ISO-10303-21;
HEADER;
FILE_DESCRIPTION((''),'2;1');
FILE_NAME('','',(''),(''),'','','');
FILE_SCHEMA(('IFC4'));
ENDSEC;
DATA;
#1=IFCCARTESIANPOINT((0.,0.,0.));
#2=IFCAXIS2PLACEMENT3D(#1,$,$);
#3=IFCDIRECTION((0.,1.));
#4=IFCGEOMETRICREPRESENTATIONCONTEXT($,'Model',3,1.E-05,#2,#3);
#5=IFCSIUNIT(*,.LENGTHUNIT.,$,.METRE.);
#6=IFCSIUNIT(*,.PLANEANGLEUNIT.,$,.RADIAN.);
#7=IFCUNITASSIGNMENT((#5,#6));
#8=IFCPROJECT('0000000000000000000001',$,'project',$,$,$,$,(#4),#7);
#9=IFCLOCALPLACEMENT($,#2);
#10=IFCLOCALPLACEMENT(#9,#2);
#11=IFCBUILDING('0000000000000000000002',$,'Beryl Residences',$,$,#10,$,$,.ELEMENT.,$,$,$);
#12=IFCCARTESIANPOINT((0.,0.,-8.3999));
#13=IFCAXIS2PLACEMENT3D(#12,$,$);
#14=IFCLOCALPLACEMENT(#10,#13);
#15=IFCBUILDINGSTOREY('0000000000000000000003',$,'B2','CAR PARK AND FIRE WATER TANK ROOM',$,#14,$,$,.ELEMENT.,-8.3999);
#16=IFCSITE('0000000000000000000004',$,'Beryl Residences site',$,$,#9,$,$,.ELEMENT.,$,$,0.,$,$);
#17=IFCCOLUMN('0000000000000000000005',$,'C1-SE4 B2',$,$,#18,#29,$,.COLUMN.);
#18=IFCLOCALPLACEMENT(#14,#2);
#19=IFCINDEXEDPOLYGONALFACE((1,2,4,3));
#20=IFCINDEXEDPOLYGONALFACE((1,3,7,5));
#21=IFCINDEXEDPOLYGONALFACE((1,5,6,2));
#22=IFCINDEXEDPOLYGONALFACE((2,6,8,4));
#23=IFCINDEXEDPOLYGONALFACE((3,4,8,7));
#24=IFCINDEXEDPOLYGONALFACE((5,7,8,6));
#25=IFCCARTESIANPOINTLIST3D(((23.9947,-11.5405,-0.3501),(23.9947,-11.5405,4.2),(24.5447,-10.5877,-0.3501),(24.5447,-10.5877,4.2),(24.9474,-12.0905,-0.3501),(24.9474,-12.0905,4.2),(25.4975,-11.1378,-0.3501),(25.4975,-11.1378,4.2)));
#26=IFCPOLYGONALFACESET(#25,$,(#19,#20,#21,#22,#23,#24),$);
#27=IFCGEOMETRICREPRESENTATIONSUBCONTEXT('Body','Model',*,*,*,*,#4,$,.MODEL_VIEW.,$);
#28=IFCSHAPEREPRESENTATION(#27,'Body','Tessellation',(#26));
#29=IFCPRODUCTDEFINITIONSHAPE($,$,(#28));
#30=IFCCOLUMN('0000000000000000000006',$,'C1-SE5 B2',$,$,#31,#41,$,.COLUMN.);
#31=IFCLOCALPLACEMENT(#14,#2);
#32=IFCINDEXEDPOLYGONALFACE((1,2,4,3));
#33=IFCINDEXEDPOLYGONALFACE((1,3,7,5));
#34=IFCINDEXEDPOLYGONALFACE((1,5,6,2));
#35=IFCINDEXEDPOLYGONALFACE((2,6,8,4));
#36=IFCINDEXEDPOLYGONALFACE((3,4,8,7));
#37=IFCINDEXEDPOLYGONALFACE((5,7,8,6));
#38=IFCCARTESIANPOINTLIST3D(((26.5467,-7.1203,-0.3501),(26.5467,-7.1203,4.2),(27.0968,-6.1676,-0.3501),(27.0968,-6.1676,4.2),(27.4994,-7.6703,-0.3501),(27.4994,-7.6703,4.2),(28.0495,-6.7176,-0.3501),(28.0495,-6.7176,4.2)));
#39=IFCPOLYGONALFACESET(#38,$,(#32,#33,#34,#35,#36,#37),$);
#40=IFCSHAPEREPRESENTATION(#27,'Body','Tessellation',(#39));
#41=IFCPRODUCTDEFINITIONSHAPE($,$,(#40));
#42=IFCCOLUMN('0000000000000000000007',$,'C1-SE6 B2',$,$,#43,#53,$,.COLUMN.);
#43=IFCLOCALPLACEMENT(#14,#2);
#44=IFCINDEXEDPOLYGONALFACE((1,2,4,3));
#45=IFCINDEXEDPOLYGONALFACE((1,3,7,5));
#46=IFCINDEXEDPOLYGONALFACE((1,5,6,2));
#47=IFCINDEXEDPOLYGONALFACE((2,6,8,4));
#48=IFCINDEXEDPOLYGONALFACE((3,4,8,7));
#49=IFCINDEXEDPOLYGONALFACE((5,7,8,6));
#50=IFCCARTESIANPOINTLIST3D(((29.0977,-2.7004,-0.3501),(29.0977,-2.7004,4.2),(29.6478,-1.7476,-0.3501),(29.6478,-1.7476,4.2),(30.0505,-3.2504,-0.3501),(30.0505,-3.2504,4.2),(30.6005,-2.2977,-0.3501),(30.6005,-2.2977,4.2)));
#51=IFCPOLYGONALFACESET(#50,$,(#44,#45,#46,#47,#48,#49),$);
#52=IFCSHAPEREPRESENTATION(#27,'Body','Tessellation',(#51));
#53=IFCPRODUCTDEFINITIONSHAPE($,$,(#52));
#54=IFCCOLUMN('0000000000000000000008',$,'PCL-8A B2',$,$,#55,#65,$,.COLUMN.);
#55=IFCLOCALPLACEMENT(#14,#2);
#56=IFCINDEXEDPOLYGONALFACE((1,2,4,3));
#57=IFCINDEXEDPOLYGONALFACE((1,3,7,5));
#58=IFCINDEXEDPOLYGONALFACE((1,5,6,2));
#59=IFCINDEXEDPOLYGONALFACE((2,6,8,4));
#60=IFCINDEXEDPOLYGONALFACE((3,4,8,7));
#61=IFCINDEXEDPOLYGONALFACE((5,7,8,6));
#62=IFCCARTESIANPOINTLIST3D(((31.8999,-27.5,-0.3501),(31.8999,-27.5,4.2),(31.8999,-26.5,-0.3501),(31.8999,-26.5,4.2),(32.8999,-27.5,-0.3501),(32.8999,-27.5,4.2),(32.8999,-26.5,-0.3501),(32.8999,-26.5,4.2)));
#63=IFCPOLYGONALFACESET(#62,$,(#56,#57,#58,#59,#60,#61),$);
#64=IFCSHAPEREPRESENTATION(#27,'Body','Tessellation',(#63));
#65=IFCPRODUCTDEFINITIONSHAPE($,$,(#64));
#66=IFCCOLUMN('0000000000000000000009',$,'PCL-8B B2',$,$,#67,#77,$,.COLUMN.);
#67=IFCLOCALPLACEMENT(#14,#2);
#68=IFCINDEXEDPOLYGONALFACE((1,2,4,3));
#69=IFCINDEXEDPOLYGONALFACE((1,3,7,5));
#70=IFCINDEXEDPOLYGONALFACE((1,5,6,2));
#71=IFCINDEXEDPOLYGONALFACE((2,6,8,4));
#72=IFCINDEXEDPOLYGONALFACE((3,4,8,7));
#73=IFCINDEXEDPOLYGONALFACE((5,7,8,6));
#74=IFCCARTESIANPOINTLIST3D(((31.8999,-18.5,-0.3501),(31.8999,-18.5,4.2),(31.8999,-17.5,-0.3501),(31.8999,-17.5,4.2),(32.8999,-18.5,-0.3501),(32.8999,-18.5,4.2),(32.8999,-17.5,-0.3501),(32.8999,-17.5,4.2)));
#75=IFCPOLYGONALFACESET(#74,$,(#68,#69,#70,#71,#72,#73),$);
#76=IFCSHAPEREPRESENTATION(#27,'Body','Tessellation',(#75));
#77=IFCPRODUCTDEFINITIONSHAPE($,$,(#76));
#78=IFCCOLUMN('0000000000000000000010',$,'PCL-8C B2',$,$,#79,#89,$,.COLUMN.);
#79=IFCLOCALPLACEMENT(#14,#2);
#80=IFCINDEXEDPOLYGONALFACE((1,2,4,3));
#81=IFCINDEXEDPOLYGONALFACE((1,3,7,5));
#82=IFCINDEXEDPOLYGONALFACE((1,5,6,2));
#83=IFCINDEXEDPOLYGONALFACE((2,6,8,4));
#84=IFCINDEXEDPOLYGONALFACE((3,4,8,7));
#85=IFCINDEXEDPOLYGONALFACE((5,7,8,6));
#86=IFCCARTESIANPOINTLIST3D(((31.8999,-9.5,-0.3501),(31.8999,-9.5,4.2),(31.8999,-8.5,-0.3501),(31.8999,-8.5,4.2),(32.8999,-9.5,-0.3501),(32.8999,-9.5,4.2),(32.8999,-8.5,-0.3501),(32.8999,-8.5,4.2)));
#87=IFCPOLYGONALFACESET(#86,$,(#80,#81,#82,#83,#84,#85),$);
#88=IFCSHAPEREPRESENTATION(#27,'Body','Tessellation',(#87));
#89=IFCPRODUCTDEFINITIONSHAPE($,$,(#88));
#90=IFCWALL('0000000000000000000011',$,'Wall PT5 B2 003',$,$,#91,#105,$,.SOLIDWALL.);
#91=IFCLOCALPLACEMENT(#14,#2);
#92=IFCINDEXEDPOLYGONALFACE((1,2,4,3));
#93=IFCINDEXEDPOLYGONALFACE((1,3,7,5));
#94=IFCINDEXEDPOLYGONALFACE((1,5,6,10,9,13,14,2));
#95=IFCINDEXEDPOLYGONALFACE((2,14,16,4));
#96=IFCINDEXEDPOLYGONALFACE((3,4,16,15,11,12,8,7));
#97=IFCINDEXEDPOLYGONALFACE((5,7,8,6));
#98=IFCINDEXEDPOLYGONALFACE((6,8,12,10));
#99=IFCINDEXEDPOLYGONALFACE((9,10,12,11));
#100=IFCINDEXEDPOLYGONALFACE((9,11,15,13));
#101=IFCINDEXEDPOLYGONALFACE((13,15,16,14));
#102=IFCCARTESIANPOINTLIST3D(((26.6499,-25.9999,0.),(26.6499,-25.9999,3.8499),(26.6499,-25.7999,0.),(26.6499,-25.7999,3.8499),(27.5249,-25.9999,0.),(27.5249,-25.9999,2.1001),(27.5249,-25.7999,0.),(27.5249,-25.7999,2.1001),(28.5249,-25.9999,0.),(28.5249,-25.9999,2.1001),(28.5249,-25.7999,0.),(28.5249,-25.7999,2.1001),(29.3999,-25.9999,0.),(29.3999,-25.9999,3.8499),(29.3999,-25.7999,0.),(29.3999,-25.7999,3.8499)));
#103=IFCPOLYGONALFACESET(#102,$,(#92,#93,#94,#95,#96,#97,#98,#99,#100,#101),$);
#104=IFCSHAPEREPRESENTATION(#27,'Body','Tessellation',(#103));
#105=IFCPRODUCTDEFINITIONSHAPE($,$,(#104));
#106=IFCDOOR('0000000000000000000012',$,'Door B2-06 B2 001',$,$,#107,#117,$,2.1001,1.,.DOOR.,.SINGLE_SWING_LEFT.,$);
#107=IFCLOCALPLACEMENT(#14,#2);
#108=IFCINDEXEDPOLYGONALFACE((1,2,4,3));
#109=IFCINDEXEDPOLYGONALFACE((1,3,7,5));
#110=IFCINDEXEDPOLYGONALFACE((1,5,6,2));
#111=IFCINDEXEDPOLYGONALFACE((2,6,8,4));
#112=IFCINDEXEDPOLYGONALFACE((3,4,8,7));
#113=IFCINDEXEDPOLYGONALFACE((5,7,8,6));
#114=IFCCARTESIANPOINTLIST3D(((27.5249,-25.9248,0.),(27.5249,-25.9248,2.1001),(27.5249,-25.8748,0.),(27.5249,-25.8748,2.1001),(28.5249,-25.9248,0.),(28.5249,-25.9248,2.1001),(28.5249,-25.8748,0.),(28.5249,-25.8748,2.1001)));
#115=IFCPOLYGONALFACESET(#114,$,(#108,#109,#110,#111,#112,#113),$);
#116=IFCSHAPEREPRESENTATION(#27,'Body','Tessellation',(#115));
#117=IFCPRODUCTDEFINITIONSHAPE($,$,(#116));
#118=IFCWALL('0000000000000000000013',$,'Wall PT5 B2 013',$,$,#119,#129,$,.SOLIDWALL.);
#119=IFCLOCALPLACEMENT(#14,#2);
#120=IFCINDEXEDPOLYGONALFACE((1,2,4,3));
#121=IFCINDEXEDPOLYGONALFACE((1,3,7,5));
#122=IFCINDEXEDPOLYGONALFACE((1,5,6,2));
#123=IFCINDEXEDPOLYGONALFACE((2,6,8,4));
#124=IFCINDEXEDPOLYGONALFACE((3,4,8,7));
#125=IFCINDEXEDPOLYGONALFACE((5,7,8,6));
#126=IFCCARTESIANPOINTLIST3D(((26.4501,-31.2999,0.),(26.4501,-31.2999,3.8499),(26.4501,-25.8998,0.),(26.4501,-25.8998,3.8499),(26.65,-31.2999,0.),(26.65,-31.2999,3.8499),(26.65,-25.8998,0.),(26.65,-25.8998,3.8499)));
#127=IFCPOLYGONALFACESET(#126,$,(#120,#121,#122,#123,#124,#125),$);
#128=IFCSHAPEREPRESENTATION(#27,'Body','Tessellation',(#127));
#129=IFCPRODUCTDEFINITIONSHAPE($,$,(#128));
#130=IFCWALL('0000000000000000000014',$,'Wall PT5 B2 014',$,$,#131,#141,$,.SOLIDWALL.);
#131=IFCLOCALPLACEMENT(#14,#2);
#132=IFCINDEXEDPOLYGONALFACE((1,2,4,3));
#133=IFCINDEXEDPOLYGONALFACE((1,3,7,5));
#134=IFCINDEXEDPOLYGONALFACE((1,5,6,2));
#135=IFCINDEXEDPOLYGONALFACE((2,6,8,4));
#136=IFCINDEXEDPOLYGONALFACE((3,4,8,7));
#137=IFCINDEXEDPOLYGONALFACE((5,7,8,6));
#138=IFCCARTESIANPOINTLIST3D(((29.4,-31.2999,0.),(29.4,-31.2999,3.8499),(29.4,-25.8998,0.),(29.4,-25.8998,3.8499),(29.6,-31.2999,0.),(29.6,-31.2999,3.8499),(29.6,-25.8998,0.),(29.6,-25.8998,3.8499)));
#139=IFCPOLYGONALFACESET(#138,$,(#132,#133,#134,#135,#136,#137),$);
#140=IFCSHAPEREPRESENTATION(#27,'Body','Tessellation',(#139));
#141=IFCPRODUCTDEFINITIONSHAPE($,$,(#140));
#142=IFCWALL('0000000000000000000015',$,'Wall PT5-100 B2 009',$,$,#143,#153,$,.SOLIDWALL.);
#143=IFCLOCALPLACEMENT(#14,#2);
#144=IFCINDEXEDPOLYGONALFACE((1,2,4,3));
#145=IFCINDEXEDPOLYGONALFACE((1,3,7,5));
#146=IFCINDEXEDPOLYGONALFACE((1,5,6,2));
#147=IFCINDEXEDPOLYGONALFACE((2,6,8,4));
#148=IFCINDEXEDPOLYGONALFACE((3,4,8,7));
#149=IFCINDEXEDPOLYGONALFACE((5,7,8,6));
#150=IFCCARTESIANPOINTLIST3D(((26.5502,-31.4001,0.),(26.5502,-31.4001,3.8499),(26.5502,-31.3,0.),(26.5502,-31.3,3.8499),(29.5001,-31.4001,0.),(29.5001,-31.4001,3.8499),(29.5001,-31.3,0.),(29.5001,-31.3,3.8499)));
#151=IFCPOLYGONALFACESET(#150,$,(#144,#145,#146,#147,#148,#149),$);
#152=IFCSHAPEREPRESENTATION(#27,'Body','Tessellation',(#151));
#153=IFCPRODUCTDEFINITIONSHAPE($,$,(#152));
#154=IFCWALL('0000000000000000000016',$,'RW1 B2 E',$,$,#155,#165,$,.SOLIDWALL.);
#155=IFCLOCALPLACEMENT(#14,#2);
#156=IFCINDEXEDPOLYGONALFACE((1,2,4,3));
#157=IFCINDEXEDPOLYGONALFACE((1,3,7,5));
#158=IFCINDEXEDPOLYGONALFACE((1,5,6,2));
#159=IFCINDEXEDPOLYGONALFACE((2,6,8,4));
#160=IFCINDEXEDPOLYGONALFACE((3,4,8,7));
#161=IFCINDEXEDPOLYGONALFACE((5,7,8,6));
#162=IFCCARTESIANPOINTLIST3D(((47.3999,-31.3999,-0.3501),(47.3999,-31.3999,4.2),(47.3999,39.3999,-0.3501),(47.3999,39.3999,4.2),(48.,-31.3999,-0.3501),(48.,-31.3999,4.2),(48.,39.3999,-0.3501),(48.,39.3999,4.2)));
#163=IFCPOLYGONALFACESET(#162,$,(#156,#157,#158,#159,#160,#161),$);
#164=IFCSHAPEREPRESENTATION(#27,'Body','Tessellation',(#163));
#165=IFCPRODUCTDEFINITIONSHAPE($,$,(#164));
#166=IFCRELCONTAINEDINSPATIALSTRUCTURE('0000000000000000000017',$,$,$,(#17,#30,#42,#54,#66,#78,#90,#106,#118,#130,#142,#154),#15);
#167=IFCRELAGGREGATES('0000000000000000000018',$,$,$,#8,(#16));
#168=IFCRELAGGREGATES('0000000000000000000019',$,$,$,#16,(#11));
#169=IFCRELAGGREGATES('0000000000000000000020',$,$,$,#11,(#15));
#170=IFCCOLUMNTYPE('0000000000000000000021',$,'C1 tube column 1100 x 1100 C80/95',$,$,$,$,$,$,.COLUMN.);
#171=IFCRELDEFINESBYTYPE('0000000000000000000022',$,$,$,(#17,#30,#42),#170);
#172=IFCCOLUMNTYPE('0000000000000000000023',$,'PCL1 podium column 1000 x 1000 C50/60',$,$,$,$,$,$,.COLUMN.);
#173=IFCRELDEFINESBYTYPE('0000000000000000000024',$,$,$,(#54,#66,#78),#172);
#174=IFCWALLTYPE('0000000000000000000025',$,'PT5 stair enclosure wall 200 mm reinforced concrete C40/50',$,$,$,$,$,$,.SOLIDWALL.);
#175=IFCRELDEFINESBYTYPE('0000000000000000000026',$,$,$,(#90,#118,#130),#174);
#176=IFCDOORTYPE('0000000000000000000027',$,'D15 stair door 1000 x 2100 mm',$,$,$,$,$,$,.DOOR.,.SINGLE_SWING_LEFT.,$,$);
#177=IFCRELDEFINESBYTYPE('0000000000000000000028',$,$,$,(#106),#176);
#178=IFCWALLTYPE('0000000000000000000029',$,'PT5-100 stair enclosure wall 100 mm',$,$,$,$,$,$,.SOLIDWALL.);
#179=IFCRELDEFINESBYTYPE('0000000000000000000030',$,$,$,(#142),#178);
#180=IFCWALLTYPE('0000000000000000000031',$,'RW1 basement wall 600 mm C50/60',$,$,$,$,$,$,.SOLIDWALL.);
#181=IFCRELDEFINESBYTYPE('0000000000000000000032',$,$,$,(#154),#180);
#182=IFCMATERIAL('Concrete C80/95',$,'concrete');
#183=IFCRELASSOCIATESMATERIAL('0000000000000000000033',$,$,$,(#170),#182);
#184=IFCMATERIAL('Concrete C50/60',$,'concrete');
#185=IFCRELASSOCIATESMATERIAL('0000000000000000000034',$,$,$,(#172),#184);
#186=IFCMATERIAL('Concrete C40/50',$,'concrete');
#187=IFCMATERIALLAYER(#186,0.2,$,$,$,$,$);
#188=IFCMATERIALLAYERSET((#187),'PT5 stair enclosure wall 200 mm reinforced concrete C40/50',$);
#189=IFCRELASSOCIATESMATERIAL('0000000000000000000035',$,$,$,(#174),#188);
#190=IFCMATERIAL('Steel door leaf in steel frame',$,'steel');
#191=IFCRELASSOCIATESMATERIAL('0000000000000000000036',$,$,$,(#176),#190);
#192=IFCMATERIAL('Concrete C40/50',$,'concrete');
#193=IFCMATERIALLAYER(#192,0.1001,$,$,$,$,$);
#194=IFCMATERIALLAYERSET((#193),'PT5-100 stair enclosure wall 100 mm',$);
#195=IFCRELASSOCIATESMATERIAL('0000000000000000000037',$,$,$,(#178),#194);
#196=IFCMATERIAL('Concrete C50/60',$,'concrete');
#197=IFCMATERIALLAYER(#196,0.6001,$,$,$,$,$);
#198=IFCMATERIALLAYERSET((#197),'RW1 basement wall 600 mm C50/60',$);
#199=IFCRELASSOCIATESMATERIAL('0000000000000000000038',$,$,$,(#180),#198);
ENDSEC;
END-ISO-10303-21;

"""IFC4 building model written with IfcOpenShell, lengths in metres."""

from ifc_helpers import new_model, si_unit, direction, frame, frame_2d, origin, origin_2d, place, context, subcontext, project, spatial, rectangle, extrude, material, layer, layer_set, material_profile, profile_set, type_object, element, fill, save


model = new_model("IFC4")

# Units and contexts
model_context = context("Model", 3, precision=1e-05, world=origin(), true_north=direction((0.0, 1.0)))
body_context = subcontext(model_context, "Body", "Model", "MODEL_VIEW")
ifc_project = project(units=[si_unit("LENGTHUNIT", "METRE"), si_unit("PLANEANGLEUNIT", "RADIAN")], contexts=[model_context])

# Site, building, storey
site_placement = place(None, origin())
site = spatial("IfcSite", under=ifc_project, at=site_placement, Name="Beryl Residences site", CompositionType="ELEMENT", RefElevation=0.0)
building_placement = place(site_placement, origin())
building = spatial("IfcBuilding", under=site, at=building_placement, Name="Beryl Residences", CompositionType="ELEMENT")
storey_placement = place(building_placement, frame((0.0, 0.0, -8.3999)))
storey = spatial("IfcBuildingStorey", under=building, at=storey_placement, Name="B2", Description="CAR PARK AND FIRE WATER TANK ROOM", CompositionType="ELEMENT", Elevation=-8.3999)

# Columns
ifc_material_1 = material(Name="Concrete C80/95", Category="concrete")
ifc_material_profile_1 = material_profile(ifc_material_1, rectangle(XDim=1.1001, YDim=1.1001, at=origin_2d()))
ifc_profile_set_1 = profile_set([ifc_material_profile_1], Name="Concrete C80/95")
column_type_1 = type_object("IfcColumnType", Name="C1 tube column 1100 x 1100 C80/95", PredefinedType="COLUMN", material=ifc_profile_set_1)
for number, where, z_axis, x_axis, name in (
    (1, (24.7461, -11.3391, -0.3501), (0.0, 0.0, 1.0), (0.499985, 0.866034, 0.0), "C1-SE4 B2"),
    (2, (27.2981, -6.9189, -0.3501), (0.0, 0.0, 1.0), (0.499985, 0.866034, 0.0), "C1-SE5 B2"),
    (3, (29.8491, -2.499, -0.3501), (0.0, 0.0, 1.0), (0.499985, 0.866034, 0.0), "C1-SE6 B2"),
):
    element("IfcColumn", number, at=place(storey_placement, frame(where, z_axis=z_axis, x_axis=x_axis)), inside=storey, type_object=column_type_1, Name=name, PredefinedType="COLUMN", context=body_context, shape_type="SweptSolid", body=[
        extrude(rectangle(XDim=1.1001, YDim=1.1001, at=origin_2d()), origin(), (0.0, 0.0, 1.0), 4.55),
    ])
ifc_material_2 = material(Name="Concrete C50/60", Category="concrete")
ifc_material_profile_2 = material_profile(ifc_material_2, rectangle(XDim=1.0, YDim=1.0, at=origin_2d()))
ifc_profile_set_2 = profile_set([ifc_material_profile_2], Name="Concrete C50/60")
column_type_2 = type_object("IfcColumnType", Name="PCL1 podium column 1000 x 1000 C50/60", PredefinedType="COLUMN", material=ifc_profile_set_2)
for number, where, z_axis, x_axis, name in (
    (4, (32.3999, -27.0, -0.3501), (0.0, 0.0, 1.0), (1.0, 0.0, 0.0), "PCL-8A B2"),
    (5, (32.3999, -18.0, -0.3501), (0.0, 0.0, 1.0), (1.0, 0.0, 0.0), "PCL-8B B2"),
    (6, (32.3999, -9.0, -0.3501), (0.0, 0.0, 1.0), (1.0, 0.0, 0.0), "PCL-8C B2"),
):
    element("IfcColumn", number, at=place(storey_placement, frame(where, z_axis=z_axis, x_axis=x_axis)), inside=storey, type_object=column_type_2, Name=name, PredefinedType="COLUMN", context=body_context, shape_type="SweptSolid", body=[
        extrude(rectangle(XDim=1.0, YDim=1.0, at=origin_2d()), origin(), (0.0, 0.0, 1.0), 4.55),
    ])

# Wall, opening, door
ifc_material_3 = material(Name="Concrete C40/50", Category="concrete")
ifc_layer_1 = layer(ifc_material_3, 0.2)
ifc_layer_set_1 = layer_set([ifc_layer_1], Name="PT5 stair enclosure wall 200 mm reinforced concrete C40/50")
wall_type_1 = type_object("IfcWallType", Name="PT5 stair enclosure wall 200 mm reinforced concrete C40/50", PredefinedType="SOLIDWALL", material=ifc_layer_set_1)
wall_1_placement = place(storey_placement, frame((26.6499, -25.8999, 0.0), z_axis=(0.0, 0.0, 1.0), x_axis=(1.0, 0.0, 0.0)))
wall_1 = element("IfcWall", 7, at=wall_1_placement, inside=storey, type_object=wall_type_1, Name="Wall PT5 B2 003", PredefinedType="SOLIDWALL", context=body_context, shape_type="SweptSolid", body=[
    extrude(rectangle(XDim=2.75, YDim=0.2, at=frame_2d((1.375, 0.0))), origin(), (0.0, 0.0, 1.0), 3.8499),
])
opening_placement = place(wall_1_placement, frame((1.875, 0.0, 0.0), z_axis=(0.0, 0.0, 1.0), x_axis=(-1.0, 0.0, 0.0)))
opening = element("IfcOpeningElement", 8, at=opening_placement, cuts=wall_1, PredefinedType="OPENING", context=body_context, shape_type="SweptSolid", body=[
    extrude(rectangle(XDim=1.0, YDim=2.1001, at=frame_2d((0.5, 1.05))), frame((0.0, 0.1099, 0.0), z_axis=(0.0, -1.0, 0.0), x_axis=(1.0, 0.0, 0.0)), (0.0, 0.0, 1.0), 0.22),
])
ifc_material_4 = material(Name="Steel door leaf in steel frame", Category="steel")
door_type = type_object("IfcDoorType", Name="D15 stair door 1000 x 2100 mm", OperationType="SINGLE_SWING_LEFT", PredefinedType="DOOR", material=ifc_material_4)
door_placement = place(opening_placement, origin())
door = element("IfcDoor", 9, at=door_placement, inside=storey, type_object=door_type, Name="Door B2-06 B2 001", OperationType="SINGLE_SWING_LEFT", OverallHeight=2.1001, OverallWidth=1.0, PredefinedType="DOOR", context=body_context, shape_type="SweptSolid", body=[
    extrude(rectangle(XDim=1.0, YDim=2.1001, at=frame_2d((0.5, 1.05))), frame((0.0, 0.0249, 0.0), z_axis=(0.0, -1.0, 0.0), x_axis=(1.0, 0.0, 0.0)), (0.0, 0.0, 1.0), 0.05),
])
fill(opening, door)

# Walls
for number, where, z_axis, x_axis, name in (
    (10, (26.55, -31.3, 0.0), (0.0, 0.0, 1.0), (0.0, 1.0, 0.0), "Wall PT5 B2 013"),
    (11, (29.5, -31.3, 0.0), (0.0, 0.0, 1.0), (0.0, 1.0, 0.0), "Wall PT5 B2 014"),
):
    element("IfcWall", number, at=place(storey_placement, frame(where, z_axis=z_axis, x_axis=x_axis)), inside=storey, type_object=wall_type_1, Name=name, PredefinedType="SOLIDWALL", context=body_context, shape_type="SweptSolid", body=[
        extrude(rectangle(XDim=5.4001, YDim=0.2, at=frame_2d((2.7002, 0.0))), origin(), (0.0, 0.0, 1.0), 3.8499),
    ])
ifc_material_5 = material(Name="Concrete C40/50", Category="concrete")
ifc_layer_2 = layer(ifc_material_5, 0.1001)
ifc_layer_set_2 = layer_set([ifc_layer_2], Name="PT5-100 stair enclosure wall 100 mm")
wall_type_2 = type_object("IfcWallType", Name="PT5-100 stair enclosure wall 100 mm", PredefinedType="SOLIDWALL", material=ifc_layer_set_2)
wall_2_placement = place(storey_placement, frame((26.55, -31.3501, 0.0), z_axis=(0.0, 0.0, 1.0), x_axis=(1.0, 0.0, 0.0)))
element("IfcWall", 12, at=wall_2_placement, inside=storey, type_object=wall_type_2, Name="Wall PT5-100 B2 009", PredefinedType="SOLIDWALL", context=body_context, shape_type="SweptSolid", body=[
    extrude(rectangle(XDim=2.95, YDim=0.1001, at=frame_2d((1.4751, 0.0))), origin(), (0.0, 0.0, 1.0), 3.8499),
])
ifc_material_6 = material(Name="Concrete C50/60", Category="concrete")
ifc_layer_3 = layer(ifc_material_6, 0.6001)
ifc_layer_set_3 = layer_set([ifc_layer_3], Name="RW1 basement wall 600 mm C50/60")
wall_type_3 = type_object("IfcWallType", Name="RW1 basement wall 600 mm C50/60", PredefinedType="SOLIDWALL", material=ifc_layer_set_3)
wall_3_placement = place(storey_placement, frame((47.7, -31.3999, -0.3501), z_axis=(0.0, 0.0, 1.0), x_axis=(0.0, 1.0, 0.0)))
element("IfcWall", 13, at=wall_3_placement, inside=storey, type_object=wall_type_3, Name="RW1 B2 E", PredefinedType="SOLIDWALL", context=body_context, shape_type="SweptSolid", body=[
    extrude(rectangle(XDim=70.7998, YDim=0.6001, at=frame_2d((35.3999, 0.0))), origin(), (0.0, 0.0, 1.0), 4.55),
])

save(model, "model.ifc")
